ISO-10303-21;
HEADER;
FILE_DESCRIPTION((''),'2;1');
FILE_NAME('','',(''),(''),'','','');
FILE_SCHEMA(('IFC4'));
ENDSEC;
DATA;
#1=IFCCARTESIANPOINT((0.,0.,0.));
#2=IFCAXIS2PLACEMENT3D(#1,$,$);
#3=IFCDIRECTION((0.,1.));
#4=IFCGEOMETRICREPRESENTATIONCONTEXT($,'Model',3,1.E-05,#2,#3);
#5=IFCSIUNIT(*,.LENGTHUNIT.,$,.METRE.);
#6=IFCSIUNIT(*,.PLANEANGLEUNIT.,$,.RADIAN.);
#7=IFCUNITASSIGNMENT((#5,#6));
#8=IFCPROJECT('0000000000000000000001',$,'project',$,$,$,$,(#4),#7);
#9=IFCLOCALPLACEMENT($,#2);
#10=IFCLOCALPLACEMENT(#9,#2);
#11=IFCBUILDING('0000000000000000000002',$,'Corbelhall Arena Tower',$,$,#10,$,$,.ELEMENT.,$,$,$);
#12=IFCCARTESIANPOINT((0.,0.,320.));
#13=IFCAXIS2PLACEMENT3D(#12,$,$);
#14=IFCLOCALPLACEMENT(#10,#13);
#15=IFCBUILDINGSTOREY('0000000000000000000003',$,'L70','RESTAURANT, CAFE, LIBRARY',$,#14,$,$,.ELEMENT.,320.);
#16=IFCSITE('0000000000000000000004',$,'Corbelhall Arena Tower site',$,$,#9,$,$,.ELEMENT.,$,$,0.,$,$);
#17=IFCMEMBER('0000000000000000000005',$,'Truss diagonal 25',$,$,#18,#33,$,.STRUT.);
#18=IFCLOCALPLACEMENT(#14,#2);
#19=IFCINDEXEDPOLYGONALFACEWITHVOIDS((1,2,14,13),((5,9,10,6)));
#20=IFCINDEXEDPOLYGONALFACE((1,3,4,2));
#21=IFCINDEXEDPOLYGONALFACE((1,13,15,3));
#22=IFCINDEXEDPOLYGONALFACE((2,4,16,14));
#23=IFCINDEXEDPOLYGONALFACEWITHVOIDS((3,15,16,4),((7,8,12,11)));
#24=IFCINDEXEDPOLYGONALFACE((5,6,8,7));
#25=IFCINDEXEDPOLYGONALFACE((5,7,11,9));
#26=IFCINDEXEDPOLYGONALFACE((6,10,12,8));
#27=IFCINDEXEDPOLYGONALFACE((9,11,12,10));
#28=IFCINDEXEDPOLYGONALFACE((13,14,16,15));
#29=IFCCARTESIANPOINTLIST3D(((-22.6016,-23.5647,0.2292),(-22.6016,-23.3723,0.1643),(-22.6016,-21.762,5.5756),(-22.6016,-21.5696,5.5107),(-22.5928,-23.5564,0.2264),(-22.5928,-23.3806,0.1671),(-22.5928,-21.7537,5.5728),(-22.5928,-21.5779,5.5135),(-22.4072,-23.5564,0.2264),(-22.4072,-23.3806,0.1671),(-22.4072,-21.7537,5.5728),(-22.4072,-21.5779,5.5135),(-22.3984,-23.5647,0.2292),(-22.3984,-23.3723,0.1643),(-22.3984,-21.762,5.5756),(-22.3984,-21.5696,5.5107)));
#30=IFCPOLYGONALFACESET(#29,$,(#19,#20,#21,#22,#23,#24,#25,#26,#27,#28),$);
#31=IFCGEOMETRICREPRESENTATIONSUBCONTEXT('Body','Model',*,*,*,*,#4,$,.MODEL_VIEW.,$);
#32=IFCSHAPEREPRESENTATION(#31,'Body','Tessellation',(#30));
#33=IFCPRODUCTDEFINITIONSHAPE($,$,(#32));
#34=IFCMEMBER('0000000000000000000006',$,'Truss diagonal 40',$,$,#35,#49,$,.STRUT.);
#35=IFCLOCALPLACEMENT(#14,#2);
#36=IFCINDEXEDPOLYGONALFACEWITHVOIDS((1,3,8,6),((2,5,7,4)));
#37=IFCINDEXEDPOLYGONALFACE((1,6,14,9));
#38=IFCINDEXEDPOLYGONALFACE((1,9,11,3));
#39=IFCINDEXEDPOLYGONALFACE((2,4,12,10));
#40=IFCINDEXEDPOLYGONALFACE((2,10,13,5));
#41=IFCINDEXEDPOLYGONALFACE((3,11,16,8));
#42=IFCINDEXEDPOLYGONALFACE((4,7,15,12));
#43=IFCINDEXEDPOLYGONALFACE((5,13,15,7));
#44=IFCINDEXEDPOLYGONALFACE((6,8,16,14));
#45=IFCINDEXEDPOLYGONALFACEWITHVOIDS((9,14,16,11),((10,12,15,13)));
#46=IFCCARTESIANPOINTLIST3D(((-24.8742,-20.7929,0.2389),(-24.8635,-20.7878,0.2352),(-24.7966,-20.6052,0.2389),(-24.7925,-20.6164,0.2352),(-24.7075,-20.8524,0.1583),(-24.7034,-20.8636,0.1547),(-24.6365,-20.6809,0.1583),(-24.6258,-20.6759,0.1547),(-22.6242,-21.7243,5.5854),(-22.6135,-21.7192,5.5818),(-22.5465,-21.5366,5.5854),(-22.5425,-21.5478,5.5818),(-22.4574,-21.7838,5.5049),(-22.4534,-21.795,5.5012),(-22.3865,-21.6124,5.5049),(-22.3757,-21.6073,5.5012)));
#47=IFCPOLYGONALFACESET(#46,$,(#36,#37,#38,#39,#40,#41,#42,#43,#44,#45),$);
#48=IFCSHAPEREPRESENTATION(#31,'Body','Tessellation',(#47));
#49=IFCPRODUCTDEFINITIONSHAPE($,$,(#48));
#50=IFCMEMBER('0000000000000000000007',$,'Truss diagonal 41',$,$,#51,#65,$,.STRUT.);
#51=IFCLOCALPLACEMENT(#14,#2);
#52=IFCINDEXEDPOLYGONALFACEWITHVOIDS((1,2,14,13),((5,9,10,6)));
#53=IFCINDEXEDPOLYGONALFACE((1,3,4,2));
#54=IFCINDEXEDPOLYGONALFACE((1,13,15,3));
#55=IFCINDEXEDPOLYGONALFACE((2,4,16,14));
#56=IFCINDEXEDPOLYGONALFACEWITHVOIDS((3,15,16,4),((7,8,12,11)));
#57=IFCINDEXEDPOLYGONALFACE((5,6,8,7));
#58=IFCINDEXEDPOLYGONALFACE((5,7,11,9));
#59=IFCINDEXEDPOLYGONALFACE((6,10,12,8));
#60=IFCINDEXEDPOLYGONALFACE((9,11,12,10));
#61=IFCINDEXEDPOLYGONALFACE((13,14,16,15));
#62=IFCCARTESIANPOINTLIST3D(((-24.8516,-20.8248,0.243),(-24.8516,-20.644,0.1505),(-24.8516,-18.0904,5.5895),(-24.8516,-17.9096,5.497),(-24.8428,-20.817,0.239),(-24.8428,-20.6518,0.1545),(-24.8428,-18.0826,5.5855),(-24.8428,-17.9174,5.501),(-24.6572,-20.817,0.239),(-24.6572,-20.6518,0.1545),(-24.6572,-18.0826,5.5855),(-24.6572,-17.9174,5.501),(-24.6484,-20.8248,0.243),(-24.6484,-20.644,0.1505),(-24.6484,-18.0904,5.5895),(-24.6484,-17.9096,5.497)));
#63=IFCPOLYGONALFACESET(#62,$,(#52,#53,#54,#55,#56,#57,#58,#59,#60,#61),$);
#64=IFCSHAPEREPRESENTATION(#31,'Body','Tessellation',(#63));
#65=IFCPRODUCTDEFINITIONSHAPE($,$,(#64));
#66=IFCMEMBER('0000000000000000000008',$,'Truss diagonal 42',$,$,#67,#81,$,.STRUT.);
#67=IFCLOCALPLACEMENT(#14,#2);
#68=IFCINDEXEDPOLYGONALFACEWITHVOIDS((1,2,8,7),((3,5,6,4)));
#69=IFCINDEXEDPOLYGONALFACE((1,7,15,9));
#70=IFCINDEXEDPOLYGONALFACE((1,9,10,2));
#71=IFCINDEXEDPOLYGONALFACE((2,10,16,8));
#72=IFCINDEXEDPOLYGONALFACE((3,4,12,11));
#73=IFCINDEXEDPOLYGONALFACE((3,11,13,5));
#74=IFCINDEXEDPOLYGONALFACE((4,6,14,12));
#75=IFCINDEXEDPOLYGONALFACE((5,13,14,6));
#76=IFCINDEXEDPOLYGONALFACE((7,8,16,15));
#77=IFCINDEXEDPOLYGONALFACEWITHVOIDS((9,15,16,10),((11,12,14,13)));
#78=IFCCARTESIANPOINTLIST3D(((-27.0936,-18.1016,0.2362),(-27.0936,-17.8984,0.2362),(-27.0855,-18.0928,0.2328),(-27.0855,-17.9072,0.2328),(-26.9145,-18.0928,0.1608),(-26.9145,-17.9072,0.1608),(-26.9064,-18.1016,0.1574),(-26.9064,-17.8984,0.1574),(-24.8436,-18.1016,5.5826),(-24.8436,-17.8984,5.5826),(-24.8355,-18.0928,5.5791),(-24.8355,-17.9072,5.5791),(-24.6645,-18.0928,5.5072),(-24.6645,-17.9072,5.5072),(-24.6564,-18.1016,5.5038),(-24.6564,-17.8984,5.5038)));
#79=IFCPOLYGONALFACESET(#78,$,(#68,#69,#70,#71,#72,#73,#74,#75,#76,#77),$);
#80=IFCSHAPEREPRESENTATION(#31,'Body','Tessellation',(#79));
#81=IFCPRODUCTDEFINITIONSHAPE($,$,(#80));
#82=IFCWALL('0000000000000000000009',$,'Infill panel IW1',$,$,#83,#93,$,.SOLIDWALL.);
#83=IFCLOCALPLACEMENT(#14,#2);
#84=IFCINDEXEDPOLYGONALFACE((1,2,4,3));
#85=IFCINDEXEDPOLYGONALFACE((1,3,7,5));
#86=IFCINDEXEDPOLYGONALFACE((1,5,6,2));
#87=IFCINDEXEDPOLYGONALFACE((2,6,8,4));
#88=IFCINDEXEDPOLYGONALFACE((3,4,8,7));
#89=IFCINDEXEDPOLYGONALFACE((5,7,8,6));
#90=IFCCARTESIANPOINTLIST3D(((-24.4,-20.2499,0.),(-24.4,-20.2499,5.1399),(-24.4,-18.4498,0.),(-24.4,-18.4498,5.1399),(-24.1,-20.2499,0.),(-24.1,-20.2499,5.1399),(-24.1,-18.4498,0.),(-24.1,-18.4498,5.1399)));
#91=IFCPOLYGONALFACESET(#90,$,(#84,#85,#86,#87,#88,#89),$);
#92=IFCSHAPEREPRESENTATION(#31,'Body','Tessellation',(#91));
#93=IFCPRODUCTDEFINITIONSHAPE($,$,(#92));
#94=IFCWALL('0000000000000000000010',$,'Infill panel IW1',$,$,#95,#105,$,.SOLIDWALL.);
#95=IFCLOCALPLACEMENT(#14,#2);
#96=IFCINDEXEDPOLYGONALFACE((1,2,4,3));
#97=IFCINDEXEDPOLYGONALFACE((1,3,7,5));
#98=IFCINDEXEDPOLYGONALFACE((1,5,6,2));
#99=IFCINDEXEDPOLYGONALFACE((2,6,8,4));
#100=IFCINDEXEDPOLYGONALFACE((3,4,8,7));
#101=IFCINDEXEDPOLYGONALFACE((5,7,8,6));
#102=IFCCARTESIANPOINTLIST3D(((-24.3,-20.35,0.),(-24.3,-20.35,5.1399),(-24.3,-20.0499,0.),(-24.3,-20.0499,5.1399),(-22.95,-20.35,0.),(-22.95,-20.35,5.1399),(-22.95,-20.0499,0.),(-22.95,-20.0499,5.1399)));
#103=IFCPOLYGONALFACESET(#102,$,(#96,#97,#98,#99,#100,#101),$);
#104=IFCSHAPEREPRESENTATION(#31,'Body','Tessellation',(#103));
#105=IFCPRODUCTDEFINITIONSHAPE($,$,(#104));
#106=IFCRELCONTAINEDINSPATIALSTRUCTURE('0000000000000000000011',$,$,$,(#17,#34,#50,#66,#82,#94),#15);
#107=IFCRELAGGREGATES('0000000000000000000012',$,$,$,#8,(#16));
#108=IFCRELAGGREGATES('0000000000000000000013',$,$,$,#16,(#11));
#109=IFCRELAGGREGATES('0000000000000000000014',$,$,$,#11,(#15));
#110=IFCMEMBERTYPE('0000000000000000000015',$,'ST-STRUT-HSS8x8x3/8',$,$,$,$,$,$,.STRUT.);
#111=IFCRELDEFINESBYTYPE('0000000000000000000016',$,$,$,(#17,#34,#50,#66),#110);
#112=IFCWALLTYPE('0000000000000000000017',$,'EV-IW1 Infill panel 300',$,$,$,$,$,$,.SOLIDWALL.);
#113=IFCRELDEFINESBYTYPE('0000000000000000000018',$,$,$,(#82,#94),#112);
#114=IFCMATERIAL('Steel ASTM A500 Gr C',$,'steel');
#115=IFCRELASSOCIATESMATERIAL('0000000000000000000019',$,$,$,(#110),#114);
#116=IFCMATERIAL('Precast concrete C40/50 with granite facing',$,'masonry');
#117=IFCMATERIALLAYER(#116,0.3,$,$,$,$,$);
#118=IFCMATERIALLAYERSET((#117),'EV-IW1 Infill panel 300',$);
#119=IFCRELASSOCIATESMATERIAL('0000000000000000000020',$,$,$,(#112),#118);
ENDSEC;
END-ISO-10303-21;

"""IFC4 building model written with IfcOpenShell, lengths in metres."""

from ifc_helpers import new_model, si_unit, direction, frame, frame_2d, origin, origin_2d, place, context, subcontext, project, spatial, rectangle, hollow_rectangle, extrude, material, layer, layer_set, material_profile, profile_set, type_object, element, save


model = new_model("IFC4")

# Units and contexts
model_context = context("Model", 3, precision=1e-05, world=origin(), true_north=direction((0.0, 1.0)))
body_context = subcontext(model_context, "Body", "Model", "MODEL_VIEW")
ifc_project = project(units=[si_unit("LENGTHUNIT", "METRE"), si_unit("PLANEANGLEUNIT", "RADIAN")], contexts=[model_context])

# Site, building, storey
site_placement = place(None, origin())
site = spatial("IfcSite", under=ifc_project, at=site_placement, Name="Corbelhall Arena Tower site", CompositionType="ELEMENT", RefElevation=0.0)
building_placement = place(site_placement, origin())
building = spatial("IfcBuilding", under=site, at=building_placement, Name="Corbelhall Arena Tower", CompositionType="ELEMENT")
storey_placement = place(building_placement, frame((0.0, 0.0, 320.0)))
storey = spatial("IfcBuildingStorey", under=building, at=storey_placement, Name="L70", Description="RESTAURANT, CAFE, LIBRARY", CompositionType="ELEMENT", Elevation=320.0)

# Members
ifc_material_1 = material(Name="Steel ASTM A500 Gr C", Category="steel")
ifc_material_profile_1 = material_profile(ifc_material_1, hollow_rectangle(XDim=0.2031, YDim=0.2031, WallThickness=0.0088, at=origin_2d()))
ifc_profile_set_1 = profile_set([ifc_material_profile_1], Name="Steel ASTM A500 Gr C")
member_type_1 = type_object("IfcMemberType", Name="ST-STRUT-HSS8x8x3/8", PredefinedType="STRUT", material=ifc_profile_set_1)
member_1_placement = place(storey_placement, frame((-22.5, -23.4685, 0.1968), z_axis=(0.0, 0.31951, 0.947583), x_axis=(-1.0, 0.0, 0.0)))
element("IfcMember", 1, at=member_1_placement, inside=storey, type_object=member_type_1, Name="Truss diagonal 25", PredefinedType="STRUT", context=body_context, shape_type="SweptSolid", body=[
    extrude(hollow_rectangle(XDim=0.2031, YDim=0.2031, WallThickness=0.0088, at=origin_2d()), origin(), (0.0, 0.0, 1.0), 5.6421),
])
member_2_placement = place(storey_placement, frame((-24.75, -20.7344, 0.1968), z_axis=(0.382986, -0.158538, 0.910048), x_axis=(0.382479, 0.923964, 0.0)))
element("IfcMember", 2, at=member_2_placement, inside=storey, type_object=member_type_1, Name="Truss diagonal 40", PredefinedType="STRUT", context=body_context, shape_type="SweptSolid", body=[
    extrude(hollow_rectangle(XDim=0.2031, YDim=0.2031, WallThickness=0.0088, at=origin_2d()), origin(), (0.0, 0.0, 1.0), 5.875),
])
member_3_placement = place(storey_placement, frame((-24.75, -20.7344, 0.1968), z_axis=(0.0, 0.455342, 0.890316), x_axis=(-1.0, 0.0, 0.0)))
element("IfcMember", 3, at=member_3_placement, inside=storey, type_object=member_type_1, Name="Truss diagonal 41", PredefinedType="STRUT", context=body_context, shape_type="SweptSolid", body=[
    extrude(hollow_rectangle(XDim=0.2031, YDim=0.2031, WallThickness=0.0088, at=origin_2d()), origin(), (0.0, 0.0, 1.0), 6.0051),
])
member_4_placement = place(storey_placement, frame((-27.0, -18.0, 0.1968), z_axis=(0.387891, 0.0, 0.921705), x_axis=(0.0, 1.0, 0.0)))
element("IfcMember", 4, at=member_4_placement, inside=storey, type_object=member_type_1, Name="Truss diagonal 42", PredefinedType="STRUT", context=body_context, shape_type="SweptSolid", body=[
    extrude(hollow_rectangle(XDim=0.2031, YDim=0.2031, WallThickness=0.0088, at=origin_2d()), origin(), (0.0, 0.0, 1.0), 5.8005),
])

# Walls
ifc_material_2 = material(Name="Precast concrete C40/50 with granite facing", Category="masonry")
ifc_layer = layer(ifc_material_2, 0.3)
ifc_layer_set = layer_set([ifc_layer], Name="EV-IW1 Infill panel 300")
wall_type = type_object("IfcWallType", Name="EV-IW1 Infill panel 300", PredefinedType="SOLIDWALL", material=ifc_layer_set)
wall_1_placement = place(storey_placement, frame((-24.25, -18.45, 0.0), z_axis=(0.0, 0.0, 1.0), x_axis=(0.0, -1.0, 0.0)))
element("IfcWall", 5, at=wall_1_placement, inside=storey, type_object=wall_type, Name="Infill panel IW1", PredefinedType="SOLIDWALL", context=body_context, shape_type="SweptSolid", body=[
    extrude(rectangle(XDim=1.8, YDim=0.3, at=frame_2d((0.8999, 0.0))), origin(), (0.0, 0.0, 1.0), 5.1399),
])
wall_2_placement = place(storey_placement, frame((-24.3, -20.2, 0.0), z_axis=(0.0, 0.0, 1.0), x_axis=(1.0, 0.0, 0.0)))
element("IfcWall", 6, at=wall_2_placement, inside=storey, type_object=wall_type, Name="Infill panel IW1", PredefinedType="SOLIDWALL", context=body_context, shape_type="SweptSolid", body=[
    extrude(rectangle(XDim=1.3501, YDim=0.3, at=frame_2d((0.675, 0.0))), origin(), (0.0, 0.0, 1.0), 5.1399),
])

save(model, "model.ifc")
